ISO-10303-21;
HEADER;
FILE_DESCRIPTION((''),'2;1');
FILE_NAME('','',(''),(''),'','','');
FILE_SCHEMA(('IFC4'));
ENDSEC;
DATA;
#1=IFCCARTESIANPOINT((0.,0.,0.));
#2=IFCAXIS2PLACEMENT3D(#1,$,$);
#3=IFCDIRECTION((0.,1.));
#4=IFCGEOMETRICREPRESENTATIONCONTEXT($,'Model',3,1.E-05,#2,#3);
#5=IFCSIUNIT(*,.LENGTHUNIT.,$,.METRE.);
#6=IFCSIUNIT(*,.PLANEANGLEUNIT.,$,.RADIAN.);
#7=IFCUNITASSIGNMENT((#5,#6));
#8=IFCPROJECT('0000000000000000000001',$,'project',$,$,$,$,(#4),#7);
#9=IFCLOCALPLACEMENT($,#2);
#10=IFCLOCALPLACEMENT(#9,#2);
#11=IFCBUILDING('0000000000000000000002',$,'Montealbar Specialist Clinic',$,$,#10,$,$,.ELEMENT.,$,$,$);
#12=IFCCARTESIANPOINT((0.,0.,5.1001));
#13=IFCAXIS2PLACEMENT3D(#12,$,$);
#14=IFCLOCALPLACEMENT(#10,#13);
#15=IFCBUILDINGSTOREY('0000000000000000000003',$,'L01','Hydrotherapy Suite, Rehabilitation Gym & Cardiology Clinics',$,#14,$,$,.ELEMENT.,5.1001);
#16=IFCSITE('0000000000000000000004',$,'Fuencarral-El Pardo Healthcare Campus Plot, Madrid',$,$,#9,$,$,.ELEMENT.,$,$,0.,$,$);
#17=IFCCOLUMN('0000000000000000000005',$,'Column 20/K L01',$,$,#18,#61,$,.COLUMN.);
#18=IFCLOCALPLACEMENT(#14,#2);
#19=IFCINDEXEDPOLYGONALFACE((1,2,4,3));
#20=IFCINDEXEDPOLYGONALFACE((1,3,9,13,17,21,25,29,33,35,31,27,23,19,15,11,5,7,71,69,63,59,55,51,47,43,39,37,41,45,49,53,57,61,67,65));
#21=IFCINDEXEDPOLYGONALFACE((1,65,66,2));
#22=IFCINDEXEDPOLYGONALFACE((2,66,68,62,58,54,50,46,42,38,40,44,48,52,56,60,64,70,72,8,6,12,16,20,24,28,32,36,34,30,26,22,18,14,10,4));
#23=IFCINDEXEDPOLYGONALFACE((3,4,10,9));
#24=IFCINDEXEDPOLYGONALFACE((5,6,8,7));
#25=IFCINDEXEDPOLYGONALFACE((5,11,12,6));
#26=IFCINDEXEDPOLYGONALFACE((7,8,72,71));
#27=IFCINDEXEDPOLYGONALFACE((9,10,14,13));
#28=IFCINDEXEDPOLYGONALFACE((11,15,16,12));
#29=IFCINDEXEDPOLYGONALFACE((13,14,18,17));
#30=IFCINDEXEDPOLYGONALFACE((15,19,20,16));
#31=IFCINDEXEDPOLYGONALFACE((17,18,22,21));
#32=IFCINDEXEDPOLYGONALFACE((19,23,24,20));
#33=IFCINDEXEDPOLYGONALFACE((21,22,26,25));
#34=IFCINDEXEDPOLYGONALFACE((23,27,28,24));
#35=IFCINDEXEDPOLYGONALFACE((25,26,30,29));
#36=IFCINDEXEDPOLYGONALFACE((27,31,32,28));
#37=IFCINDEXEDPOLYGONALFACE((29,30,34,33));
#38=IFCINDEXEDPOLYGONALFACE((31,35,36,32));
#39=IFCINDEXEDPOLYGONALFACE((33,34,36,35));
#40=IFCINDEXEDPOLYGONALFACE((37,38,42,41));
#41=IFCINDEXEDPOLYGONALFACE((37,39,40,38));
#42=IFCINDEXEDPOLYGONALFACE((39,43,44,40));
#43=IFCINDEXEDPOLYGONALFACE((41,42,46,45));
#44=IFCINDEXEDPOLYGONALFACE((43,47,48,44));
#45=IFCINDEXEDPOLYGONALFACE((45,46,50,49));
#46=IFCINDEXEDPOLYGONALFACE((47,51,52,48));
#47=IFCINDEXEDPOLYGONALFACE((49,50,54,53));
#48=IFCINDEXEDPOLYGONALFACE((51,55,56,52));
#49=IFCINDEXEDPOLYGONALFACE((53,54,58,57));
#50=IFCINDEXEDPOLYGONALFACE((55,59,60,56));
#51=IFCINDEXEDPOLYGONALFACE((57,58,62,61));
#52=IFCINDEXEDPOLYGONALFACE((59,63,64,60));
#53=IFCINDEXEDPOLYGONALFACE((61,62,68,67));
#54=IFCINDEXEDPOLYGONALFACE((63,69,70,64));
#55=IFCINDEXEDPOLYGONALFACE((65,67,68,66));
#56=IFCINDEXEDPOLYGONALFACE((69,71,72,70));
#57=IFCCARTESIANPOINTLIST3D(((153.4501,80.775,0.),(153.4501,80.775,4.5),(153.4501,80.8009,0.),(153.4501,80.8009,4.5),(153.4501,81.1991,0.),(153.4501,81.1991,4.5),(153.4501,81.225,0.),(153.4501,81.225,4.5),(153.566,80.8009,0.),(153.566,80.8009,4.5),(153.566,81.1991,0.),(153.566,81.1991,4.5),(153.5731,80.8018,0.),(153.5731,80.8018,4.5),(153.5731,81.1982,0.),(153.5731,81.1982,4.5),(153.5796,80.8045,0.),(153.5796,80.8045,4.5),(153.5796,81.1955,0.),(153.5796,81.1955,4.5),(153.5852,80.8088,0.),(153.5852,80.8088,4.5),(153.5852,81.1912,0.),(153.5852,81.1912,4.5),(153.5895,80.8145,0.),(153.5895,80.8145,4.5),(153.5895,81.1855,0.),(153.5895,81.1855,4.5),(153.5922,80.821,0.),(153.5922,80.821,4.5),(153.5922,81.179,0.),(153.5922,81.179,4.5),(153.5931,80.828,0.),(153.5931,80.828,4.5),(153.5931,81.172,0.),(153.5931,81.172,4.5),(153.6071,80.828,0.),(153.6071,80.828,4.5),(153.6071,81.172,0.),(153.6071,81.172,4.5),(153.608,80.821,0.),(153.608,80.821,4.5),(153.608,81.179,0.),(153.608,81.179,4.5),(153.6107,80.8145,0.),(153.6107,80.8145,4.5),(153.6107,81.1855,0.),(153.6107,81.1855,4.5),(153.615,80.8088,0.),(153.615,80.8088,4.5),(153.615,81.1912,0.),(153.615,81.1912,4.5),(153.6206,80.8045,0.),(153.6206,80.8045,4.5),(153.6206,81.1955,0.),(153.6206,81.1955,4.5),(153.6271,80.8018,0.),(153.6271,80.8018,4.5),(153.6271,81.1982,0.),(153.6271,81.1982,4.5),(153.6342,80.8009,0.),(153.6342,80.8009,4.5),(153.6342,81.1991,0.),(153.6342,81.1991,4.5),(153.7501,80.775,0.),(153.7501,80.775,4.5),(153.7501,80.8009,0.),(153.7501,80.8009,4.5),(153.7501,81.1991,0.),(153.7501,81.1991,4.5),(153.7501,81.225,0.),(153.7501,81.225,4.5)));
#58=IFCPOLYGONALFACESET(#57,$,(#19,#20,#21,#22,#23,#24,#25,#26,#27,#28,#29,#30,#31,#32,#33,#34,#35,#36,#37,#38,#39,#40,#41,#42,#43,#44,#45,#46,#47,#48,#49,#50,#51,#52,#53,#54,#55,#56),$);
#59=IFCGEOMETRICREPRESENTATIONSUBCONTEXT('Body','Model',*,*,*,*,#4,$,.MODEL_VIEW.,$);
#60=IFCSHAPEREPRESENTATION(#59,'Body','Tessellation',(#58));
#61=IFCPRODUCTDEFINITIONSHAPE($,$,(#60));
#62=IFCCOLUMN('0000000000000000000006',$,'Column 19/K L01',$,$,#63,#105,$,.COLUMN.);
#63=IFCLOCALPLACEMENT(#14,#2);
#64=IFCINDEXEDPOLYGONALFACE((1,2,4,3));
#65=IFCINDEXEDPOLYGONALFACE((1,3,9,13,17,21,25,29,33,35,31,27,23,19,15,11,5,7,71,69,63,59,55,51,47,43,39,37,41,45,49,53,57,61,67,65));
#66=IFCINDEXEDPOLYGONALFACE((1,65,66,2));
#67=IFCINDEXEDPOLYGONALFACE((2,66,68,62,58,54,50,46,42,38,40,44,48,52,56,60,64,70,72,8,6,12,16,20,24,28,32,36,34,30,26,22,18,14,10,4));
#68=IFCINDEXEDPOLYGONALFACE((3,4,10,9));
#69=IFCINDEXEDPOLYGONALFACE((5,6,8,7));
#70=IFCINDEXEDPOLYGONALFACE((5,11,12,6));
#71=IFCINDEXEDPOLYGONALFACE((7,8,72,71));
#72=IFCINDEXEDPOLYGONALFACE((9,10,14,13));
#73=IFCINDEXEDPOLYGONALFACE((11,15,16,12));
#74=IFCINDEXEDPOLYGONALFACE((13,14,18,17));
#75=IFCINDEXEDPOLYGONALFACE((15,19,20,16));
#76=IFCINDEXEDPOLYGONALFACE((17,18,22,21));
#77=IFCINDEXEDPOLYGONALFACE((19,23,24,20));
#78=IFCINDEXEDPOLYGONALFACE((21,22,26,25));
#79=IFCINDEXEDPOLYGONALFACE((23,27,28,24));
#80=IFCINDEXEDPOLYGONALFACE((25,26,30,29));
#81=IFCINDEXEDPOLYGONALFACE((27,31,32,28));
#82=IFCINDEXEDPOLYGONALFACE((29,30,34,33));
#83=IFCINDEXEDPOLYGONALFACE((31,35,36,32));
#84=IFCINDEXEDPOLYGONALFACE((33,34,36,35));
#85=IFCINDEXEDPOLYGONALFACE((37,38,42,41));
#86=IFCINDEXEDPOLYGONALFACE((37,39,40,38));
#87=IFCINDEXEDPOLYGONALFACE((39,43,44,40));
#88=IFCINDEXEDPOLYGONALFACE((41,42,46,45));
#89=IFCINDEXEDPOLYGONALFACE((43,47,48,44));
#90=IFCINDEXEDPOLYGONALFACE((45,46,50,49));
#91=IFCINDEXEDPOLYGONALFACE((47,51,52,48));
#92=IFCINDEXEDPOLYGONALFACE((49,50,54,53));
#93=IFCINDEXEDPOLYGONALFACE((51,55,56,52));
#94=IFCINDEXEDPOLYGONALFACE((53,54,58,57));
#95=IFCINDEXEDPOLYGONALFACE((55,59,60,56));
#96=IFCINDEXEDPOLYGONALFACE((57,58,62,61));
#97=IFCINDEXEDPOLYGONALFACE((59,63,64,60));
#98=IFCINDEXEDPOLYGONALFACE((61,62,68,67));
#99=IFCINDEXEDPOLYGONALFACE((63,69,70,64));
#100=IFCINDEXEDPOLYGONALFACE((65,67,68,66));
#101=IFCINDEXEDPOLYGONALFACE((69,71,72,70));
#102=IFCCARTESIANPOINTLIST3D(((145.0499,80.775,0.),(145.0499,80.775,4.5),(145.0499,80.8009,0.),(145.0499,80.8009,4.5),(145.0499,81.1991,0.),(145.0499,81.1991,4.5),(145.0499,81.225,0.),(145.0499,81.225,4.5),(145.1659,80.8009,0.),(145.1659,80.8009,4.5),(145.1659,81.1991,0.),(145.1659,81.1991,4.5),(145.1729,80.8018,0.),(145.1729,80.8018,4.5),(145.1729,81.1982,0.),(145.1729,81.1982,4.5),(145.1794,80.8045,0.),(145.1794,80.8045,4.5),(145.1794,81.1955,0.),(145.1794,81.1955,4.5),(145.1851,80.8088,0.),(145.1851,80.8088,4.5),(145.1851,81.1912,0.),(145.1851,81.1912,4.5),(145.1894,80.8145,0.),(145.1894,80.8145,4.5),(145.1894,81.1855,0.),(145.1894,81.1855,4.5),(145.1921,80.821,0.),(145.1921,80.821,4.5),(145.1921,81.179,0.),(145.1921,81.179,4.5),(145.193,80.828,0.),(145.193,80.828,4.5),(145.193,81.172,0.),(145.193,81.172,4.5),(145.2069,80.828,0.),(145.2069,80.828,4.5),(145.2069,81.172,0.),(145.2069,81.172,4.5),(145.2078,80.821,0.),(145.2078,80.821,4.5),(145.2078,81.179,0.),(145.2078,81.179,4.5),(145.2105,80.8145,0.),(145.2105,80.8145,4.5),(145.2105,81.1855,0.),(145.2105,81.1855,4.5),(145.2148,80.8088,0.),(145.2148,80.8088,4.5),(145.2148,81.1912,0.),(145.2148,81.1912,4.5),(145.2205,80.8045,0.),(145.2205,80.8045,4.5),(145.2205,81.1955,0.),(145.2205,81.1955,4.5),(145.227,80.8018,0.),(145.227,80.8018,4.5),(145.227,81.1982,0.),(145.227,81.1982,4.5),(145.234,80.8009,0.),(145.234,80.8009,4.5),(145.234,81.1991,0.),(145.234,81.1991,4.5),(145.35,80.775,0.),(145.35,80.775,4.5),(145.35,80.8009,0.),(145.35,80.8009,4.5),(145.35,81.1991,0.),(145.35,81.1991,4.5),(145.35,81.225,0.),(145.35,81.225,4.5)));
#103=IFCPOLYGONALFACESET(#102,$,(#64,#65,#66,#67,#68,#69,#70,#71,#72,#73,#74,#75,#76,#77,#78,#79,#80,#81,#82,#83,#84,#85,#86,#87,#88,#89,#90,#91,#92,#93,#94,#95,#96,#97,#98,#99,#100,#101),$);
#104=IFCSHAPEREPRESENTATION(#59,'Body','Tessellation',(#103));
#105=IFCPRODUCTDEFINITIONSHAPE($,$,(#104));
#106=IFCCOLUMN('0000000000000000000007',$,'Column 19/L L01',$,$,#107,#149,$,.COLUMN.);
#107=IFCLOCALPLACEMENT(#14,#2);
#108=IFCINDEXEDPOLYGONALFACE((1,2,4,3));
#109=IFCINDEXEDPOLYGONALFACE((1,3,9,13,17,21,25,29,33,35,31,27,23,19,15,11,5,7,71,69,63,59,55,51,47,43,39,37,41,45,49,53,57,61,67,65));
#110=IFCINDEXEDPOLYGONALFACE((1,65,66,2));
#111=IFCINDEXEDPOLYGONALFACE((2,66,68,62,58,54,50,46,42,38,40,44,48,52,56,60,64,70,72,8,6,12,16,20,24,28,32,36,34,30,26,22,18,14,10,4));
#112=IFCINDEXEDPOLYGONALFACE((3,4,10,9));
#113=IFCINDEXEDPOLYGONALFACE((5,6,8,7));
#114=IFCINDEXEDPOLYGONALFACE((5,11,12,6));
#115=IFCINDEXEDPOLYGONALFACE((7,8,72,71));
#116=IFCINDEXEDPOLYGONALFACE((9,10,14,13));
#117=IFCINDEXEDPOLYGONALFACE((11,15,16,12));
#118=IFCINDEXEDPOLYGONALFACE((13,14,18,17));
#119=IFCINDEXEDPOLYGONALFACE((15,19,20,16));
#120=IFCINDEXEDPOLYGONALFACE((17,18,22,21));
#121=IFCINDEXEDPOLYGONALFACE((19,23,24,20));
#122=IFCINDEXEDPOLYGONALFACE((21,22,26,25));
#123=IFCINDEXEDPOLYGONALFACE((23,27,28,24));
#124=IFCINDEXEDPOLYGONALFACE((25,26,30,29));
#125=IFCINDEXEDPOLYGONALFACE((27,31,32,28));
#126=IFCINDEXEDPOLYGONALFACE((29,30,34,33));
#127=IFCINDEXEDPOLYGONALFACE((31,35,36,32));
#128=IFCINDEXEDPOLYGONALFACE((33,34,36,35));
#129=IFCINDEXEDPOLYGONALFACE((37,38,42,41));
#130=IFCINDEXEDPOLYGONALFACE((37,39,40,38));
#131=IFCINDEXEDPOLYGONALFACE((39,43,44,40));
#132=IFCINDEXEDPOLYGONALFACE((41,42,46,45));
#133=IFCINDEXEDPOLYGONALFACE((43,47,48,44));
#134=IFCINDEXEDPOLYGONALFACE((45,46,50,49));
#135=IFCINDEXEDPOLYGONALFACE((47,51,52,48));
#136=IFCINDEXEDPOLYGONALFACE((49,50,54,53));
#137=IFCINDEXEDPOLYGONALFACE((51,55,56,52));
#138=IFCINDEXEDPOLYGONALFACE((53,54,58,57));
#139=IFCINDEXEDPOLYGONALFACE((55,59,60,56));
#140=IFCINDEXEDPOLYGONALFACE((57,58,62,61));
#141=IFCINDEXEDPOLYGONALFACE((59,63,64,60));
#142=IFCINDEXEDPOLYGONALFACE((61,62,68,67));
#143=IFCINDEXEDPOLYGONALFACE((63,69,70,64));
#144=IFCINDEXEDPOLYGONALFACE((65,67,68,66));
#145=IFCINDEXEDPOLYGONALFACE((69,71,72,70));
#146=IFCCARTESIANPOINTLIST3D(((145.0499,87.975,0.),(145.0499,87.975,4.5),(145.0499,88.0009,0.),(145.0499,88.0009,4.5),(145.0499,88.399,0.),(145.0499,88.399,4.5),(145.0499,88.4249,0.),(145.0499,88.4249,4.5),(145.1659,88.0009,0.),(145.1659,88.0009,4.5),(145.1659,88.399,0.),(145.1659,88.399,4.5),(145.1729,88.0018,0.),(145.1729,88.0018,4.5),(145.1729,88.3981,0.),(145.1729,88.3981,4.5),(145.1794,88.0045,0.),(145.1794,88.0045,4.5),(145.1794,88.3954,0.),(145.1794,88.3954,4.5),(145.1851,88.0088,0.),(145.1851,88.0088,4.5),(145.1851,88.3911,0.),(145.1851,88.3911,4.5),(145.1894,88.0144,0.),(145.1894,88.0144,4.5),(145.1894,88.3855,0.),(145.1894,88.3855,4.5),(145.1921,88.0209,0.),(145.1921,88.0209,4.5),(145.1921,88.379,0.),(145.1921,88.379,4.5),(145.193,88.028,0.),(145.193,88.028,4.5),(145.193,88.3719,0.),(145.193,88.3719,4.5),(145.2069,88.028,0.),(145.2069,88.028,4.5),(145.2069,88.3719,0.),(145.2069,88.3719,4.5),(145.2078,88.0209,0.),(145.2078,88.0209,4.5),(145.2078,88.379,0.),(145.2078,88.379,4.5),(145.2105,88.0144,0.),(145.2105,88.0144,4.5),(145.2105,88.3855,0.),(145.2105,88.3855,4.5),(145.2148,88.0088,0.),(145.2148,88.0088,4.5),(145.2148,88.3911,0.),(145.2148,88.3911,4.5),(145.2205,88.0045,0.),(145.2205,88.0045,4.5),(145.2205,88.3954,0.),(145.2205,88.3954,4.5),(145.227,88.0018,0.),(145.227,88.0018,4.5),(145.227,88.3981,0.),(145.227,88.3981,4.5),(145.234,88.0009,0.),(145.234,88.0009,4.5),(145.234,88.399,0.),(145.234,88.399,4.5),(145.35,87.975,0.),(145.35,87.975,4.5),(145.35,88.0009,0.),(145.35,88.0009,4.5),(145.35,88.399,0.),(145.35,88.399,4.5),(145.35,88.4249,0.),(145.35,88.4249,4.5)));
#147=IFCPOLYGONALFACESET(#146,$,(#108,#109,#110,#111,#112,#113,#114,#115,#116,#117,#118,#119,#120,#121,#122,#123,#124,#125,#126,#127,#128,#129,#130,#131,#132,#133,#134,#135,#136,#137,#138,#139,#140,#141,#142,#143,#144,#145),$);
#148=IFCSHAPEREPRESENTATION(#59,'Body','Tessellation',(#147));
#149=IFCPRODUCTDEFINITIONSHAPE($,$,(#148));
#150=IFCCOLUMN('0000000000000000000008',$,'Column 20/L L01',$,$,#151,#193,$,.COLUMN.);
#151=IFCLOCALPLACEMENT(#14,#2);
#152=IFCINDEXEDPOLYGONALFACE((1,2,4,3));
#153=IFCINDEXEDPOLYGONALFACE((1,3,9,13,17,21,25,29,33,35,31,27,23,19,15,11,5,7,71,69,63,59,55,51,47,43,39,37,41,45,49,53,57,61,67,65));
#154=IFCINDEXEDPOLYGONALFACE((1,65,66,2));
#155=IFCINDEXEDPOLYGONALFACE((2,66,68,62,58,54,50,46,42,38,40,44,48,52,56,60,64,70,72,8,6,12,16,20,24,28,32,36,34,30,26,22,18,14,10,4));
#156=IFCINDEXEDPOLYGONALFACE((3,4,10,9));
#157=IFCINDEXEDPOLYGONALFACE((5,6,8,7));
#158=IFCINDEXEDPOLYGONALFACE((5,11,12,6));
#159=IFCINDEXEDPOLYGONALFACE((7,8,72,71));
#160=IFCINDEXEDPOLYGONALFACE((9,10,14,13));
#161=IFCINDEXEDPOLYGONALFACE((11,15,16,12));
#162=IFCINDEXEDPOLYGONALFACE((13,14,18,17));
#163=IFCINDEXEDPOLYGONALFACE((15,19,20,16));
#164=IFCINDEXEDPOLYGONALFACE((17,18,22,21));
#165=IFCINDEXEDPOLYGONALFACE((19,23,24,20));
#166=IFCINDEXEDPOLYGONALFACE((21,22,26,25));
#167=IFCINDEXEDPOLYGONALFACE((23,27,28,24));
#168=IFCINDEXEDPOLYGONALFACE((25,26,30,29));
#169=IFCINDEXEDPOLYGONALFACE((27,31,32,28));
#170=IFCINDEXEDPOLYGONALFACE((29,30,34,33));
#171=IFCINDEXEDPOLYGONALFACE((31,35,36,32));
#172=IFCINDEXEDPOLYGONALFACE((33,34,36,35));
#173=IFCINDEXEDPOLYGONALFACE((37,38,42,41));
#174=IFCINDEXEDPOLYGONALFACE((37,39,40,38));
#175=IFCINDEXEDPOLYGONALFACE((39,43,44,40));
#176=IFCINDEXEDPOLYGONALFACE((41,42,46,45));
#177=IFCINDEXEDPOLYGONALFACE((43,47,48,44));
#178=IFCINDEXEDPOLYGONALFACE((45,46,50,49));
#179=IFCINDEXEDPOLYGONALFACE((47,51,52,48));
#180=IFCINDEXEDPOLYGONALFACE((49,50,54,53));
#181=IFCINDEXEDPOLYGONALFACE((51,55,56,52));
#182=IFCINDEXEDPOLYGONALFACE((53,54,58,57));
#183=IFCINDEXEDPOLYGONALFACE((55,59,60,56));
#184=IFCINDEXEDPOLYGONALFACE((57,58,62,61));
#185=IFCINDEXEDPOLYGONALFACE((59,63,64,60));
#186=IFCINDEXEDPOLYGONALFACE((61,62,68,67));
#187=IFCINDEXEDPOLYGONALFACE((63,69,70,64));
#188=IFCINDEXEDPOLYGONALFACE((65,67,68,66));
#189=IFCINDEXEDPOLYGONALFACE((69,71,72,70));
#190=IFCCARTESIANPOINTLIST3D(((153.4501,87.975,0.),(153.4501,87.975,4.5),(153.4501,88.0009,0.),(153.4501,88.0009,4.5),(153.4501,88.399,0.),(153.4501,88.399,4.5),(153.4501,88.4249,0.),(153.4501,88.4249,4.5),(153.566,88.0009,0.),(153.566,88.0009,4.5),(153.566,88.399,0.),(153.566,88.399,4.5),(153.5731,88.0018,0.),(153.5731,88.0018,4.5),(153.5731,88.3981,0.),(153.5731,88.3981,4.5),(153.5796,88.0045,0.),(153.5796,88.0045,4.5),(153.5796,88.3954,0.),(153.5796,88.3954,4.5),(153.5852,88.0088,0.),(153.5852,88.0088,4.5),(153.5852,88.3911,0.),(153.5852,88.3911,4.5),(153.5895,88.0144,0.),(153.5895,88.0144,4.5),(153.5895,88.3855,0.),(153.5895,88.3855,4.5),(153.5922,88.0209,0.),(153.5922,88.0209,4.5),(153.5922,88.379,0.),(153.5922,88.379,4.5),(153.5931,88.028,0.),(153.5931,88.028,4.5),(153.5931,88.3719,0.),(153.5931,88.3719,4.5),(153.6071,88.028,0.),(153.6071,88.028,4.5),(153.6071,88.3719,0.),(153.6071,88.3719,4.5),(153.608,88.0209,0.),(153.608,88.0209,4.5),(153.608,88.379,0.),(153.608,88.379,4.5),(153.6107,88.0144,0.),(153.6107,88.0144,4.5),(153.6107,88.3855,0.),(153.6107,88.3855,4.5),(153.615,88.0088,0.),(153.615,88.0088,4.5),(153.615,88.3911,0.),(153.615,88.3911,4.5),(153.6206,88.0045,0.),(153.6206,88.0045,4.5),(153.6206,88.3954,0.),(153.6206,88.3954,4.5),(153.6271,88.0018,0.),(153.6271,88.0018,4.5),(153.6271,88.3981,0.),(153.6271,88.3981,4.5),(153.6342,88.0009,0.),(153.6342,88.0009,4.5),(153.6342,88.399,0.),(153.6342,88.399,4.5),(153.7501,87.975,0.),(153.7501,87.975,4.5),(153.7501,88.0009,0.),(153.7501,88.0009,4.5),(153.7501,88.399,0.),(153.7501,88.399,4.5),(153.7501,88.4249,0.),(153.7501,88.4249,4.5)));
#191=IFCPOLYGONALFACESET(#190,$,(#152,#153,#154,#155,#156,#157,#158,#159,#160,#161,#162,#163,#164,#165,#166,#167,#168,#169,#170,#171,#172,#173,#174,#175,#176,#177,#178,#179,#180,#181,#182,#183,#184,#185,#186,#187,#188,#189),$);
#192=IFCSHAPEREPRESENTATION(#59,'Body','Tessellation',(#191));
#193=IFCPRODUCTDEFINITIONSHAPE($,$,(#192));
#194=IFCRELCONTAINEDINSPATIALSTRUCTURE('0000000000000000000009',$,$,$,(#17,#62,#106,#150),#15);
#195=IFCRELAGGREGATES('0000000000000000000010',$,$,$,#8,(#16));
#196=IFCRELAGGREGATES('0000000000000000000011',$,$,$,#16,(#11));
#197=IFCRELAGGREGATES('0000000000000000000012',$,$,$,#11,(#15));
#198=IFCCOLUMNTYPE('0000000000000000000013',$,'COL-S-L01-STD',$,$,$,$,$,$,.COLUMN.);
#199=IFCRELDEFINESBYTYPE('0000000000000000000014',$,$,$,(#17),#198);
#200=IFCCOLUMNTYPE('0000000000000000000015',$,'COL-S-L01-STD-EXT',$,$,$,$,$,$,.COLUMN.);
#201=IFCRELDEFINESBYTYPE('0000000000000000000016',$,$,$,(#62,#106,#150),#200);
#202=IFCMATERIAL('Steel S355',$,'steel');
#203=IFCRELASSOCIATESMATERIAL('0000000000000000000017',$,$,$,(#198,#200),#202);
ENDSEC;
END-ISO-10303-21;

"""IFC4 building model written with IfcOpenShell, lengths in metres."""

from ifc_helpers import new_model, si_unit, direction, frame, origin, origin_2d, place, context, subcontext, project, spatial, i_section, extrude, material, material_profile, profile_set, type_object, element, save


model = new_model("IFC4")

# Units and contexts
model_context = context("Model", 3, precision=1e-05, world=origin(), true_north=direction((0.0, 1.0)))
body_context = subcontext(model_context, "Body", "Model", "MODEL_VIEW")
ifc_project = project(units=[si_unit("LENGTHUNIT", "METRE"), si_unit("PLANEANGLEUNIT", "RADIAN")], contexts=[model_context])

# Site, building, storey
site_placement = place(None, origin())
site = spatial("IfcSite", under=ifc_project, at=site_placement, Name="Fuencarral-El Pardo Healthcare Campus Plot, Madrid", CompositionType="ELEMENT", RefElevation=0.0)
building_placement = place(site_placement, origin())
building = spatial("IfcBuilding", under=site, at=building_placement, Name="Montealbar Specialist Clinic", CompositionType="ELEMENT")
storey_placement = place(building_placement, frame((0.0, 0.0, 5.1001)))
storey = spatial("IfcBuildingStorey", under=building, at=storey_placement, Name="L01", Description="Hydrotherapy Suite, Rehabilitation Gym & Cardiology Clinics", CompositionType="ELEMENT", Elevation=5.1001)

# Columns
ifc_material_1 = material(Name="Steel S355", Category="steel")
ifc_material_profile_1 = material_profile(ifc_material_1, i_section(OverallWidth=0.3, OverallDepth=0.45, WebThickness=0.0139, FlangeThickness=0.0259, FilletRadius=0.0271, at=origin_2d()), Name="HEB 450", Category="steel")
ifc_profile_set_1 = profile_set([ifc_material_profile_1], Name="Steel S355")
column_type_1 = type_object("IfcColumnType", Name="COL-S-L01-STD", PredefinedType="COLUMN", material=ifc_profile_set_1)
column_placement = place(storey_placement, frame((153.6001, 81.0, 0.0), z_axis=(0.0, 0.0, 1.0), x_axis=(1.0, 0.0, 0.0)))
element("IfcColumn", 1, at=column_placement, inside=storey, type_object=column_type_1, Name="Column 20/K L01", PredefinedType="COLUMN", context=body_context, shape_type="SweptSolid", body=[
    extrude(i_section(OverallWidth=0.3, OverallDepth=0.45, WebThickness=0.0139, FlangeThickness=0.0259, FilletRadius=0.0271, at=origin_2d()), origin(), (0.0, 0.0, 1.0), 4.5),
])
ifc_material_profile_2 = material_profile(ifc_material_1, i_section(OverallWidth=0.3, OverallDepth=0.45, WebThickness=0.0139, FlangeThickness=0.0259, FilletRadius=0.0271, at=origin_2d()), Name="HEB 450", Category="steel")
ifc_profile_set_2 = profile_set([ifc_material_profile_2], Name="Steel S355")
column_type_2 = type_object("IfcColumnType", Name="COL-S-L01-STD-EXT", PredefinedType="COLUMN", material=ifc_profile_set_2)
for number, where, z_axis, x_axis, name in (
    (2, (145.2, 81.0, 0.0), (0.0, 0.0, 1.0), (1.0, 0.0, 0.0), "Column 19/K L01"),
    (3, (145.2, 88.2, 0.0), (0.0, 0.0, 1.0), (1.0, 0.0, 0.0), "Column 19/L L01"),
    (4, (153.6001, 88.2, 0.0), (0.0, 0.0, 1.0), (1.0, 0.0, 0.0), "Column 20/L L01"),
):
    element("IfcColumn", number, at=place(storey_placement, frame(where, z_axis=z_axis, x_axis=x_axis)), inside=storey, type_object=column_type_2, Name=name, PredefinedType="COLUMN", context=body_context, shape_type="SweptSolid", body=[
        extrude(i_section(OverallWidth=0.3, OverallDepth=0.45, WebThickness=0.0139, FlangeThickness=0.0259, FilletRadius=0.0271, at=origin_2d()), origin(), (0.0, 0.0, 1.0), 4.5),
    ])

save(model, "model.ifc")
